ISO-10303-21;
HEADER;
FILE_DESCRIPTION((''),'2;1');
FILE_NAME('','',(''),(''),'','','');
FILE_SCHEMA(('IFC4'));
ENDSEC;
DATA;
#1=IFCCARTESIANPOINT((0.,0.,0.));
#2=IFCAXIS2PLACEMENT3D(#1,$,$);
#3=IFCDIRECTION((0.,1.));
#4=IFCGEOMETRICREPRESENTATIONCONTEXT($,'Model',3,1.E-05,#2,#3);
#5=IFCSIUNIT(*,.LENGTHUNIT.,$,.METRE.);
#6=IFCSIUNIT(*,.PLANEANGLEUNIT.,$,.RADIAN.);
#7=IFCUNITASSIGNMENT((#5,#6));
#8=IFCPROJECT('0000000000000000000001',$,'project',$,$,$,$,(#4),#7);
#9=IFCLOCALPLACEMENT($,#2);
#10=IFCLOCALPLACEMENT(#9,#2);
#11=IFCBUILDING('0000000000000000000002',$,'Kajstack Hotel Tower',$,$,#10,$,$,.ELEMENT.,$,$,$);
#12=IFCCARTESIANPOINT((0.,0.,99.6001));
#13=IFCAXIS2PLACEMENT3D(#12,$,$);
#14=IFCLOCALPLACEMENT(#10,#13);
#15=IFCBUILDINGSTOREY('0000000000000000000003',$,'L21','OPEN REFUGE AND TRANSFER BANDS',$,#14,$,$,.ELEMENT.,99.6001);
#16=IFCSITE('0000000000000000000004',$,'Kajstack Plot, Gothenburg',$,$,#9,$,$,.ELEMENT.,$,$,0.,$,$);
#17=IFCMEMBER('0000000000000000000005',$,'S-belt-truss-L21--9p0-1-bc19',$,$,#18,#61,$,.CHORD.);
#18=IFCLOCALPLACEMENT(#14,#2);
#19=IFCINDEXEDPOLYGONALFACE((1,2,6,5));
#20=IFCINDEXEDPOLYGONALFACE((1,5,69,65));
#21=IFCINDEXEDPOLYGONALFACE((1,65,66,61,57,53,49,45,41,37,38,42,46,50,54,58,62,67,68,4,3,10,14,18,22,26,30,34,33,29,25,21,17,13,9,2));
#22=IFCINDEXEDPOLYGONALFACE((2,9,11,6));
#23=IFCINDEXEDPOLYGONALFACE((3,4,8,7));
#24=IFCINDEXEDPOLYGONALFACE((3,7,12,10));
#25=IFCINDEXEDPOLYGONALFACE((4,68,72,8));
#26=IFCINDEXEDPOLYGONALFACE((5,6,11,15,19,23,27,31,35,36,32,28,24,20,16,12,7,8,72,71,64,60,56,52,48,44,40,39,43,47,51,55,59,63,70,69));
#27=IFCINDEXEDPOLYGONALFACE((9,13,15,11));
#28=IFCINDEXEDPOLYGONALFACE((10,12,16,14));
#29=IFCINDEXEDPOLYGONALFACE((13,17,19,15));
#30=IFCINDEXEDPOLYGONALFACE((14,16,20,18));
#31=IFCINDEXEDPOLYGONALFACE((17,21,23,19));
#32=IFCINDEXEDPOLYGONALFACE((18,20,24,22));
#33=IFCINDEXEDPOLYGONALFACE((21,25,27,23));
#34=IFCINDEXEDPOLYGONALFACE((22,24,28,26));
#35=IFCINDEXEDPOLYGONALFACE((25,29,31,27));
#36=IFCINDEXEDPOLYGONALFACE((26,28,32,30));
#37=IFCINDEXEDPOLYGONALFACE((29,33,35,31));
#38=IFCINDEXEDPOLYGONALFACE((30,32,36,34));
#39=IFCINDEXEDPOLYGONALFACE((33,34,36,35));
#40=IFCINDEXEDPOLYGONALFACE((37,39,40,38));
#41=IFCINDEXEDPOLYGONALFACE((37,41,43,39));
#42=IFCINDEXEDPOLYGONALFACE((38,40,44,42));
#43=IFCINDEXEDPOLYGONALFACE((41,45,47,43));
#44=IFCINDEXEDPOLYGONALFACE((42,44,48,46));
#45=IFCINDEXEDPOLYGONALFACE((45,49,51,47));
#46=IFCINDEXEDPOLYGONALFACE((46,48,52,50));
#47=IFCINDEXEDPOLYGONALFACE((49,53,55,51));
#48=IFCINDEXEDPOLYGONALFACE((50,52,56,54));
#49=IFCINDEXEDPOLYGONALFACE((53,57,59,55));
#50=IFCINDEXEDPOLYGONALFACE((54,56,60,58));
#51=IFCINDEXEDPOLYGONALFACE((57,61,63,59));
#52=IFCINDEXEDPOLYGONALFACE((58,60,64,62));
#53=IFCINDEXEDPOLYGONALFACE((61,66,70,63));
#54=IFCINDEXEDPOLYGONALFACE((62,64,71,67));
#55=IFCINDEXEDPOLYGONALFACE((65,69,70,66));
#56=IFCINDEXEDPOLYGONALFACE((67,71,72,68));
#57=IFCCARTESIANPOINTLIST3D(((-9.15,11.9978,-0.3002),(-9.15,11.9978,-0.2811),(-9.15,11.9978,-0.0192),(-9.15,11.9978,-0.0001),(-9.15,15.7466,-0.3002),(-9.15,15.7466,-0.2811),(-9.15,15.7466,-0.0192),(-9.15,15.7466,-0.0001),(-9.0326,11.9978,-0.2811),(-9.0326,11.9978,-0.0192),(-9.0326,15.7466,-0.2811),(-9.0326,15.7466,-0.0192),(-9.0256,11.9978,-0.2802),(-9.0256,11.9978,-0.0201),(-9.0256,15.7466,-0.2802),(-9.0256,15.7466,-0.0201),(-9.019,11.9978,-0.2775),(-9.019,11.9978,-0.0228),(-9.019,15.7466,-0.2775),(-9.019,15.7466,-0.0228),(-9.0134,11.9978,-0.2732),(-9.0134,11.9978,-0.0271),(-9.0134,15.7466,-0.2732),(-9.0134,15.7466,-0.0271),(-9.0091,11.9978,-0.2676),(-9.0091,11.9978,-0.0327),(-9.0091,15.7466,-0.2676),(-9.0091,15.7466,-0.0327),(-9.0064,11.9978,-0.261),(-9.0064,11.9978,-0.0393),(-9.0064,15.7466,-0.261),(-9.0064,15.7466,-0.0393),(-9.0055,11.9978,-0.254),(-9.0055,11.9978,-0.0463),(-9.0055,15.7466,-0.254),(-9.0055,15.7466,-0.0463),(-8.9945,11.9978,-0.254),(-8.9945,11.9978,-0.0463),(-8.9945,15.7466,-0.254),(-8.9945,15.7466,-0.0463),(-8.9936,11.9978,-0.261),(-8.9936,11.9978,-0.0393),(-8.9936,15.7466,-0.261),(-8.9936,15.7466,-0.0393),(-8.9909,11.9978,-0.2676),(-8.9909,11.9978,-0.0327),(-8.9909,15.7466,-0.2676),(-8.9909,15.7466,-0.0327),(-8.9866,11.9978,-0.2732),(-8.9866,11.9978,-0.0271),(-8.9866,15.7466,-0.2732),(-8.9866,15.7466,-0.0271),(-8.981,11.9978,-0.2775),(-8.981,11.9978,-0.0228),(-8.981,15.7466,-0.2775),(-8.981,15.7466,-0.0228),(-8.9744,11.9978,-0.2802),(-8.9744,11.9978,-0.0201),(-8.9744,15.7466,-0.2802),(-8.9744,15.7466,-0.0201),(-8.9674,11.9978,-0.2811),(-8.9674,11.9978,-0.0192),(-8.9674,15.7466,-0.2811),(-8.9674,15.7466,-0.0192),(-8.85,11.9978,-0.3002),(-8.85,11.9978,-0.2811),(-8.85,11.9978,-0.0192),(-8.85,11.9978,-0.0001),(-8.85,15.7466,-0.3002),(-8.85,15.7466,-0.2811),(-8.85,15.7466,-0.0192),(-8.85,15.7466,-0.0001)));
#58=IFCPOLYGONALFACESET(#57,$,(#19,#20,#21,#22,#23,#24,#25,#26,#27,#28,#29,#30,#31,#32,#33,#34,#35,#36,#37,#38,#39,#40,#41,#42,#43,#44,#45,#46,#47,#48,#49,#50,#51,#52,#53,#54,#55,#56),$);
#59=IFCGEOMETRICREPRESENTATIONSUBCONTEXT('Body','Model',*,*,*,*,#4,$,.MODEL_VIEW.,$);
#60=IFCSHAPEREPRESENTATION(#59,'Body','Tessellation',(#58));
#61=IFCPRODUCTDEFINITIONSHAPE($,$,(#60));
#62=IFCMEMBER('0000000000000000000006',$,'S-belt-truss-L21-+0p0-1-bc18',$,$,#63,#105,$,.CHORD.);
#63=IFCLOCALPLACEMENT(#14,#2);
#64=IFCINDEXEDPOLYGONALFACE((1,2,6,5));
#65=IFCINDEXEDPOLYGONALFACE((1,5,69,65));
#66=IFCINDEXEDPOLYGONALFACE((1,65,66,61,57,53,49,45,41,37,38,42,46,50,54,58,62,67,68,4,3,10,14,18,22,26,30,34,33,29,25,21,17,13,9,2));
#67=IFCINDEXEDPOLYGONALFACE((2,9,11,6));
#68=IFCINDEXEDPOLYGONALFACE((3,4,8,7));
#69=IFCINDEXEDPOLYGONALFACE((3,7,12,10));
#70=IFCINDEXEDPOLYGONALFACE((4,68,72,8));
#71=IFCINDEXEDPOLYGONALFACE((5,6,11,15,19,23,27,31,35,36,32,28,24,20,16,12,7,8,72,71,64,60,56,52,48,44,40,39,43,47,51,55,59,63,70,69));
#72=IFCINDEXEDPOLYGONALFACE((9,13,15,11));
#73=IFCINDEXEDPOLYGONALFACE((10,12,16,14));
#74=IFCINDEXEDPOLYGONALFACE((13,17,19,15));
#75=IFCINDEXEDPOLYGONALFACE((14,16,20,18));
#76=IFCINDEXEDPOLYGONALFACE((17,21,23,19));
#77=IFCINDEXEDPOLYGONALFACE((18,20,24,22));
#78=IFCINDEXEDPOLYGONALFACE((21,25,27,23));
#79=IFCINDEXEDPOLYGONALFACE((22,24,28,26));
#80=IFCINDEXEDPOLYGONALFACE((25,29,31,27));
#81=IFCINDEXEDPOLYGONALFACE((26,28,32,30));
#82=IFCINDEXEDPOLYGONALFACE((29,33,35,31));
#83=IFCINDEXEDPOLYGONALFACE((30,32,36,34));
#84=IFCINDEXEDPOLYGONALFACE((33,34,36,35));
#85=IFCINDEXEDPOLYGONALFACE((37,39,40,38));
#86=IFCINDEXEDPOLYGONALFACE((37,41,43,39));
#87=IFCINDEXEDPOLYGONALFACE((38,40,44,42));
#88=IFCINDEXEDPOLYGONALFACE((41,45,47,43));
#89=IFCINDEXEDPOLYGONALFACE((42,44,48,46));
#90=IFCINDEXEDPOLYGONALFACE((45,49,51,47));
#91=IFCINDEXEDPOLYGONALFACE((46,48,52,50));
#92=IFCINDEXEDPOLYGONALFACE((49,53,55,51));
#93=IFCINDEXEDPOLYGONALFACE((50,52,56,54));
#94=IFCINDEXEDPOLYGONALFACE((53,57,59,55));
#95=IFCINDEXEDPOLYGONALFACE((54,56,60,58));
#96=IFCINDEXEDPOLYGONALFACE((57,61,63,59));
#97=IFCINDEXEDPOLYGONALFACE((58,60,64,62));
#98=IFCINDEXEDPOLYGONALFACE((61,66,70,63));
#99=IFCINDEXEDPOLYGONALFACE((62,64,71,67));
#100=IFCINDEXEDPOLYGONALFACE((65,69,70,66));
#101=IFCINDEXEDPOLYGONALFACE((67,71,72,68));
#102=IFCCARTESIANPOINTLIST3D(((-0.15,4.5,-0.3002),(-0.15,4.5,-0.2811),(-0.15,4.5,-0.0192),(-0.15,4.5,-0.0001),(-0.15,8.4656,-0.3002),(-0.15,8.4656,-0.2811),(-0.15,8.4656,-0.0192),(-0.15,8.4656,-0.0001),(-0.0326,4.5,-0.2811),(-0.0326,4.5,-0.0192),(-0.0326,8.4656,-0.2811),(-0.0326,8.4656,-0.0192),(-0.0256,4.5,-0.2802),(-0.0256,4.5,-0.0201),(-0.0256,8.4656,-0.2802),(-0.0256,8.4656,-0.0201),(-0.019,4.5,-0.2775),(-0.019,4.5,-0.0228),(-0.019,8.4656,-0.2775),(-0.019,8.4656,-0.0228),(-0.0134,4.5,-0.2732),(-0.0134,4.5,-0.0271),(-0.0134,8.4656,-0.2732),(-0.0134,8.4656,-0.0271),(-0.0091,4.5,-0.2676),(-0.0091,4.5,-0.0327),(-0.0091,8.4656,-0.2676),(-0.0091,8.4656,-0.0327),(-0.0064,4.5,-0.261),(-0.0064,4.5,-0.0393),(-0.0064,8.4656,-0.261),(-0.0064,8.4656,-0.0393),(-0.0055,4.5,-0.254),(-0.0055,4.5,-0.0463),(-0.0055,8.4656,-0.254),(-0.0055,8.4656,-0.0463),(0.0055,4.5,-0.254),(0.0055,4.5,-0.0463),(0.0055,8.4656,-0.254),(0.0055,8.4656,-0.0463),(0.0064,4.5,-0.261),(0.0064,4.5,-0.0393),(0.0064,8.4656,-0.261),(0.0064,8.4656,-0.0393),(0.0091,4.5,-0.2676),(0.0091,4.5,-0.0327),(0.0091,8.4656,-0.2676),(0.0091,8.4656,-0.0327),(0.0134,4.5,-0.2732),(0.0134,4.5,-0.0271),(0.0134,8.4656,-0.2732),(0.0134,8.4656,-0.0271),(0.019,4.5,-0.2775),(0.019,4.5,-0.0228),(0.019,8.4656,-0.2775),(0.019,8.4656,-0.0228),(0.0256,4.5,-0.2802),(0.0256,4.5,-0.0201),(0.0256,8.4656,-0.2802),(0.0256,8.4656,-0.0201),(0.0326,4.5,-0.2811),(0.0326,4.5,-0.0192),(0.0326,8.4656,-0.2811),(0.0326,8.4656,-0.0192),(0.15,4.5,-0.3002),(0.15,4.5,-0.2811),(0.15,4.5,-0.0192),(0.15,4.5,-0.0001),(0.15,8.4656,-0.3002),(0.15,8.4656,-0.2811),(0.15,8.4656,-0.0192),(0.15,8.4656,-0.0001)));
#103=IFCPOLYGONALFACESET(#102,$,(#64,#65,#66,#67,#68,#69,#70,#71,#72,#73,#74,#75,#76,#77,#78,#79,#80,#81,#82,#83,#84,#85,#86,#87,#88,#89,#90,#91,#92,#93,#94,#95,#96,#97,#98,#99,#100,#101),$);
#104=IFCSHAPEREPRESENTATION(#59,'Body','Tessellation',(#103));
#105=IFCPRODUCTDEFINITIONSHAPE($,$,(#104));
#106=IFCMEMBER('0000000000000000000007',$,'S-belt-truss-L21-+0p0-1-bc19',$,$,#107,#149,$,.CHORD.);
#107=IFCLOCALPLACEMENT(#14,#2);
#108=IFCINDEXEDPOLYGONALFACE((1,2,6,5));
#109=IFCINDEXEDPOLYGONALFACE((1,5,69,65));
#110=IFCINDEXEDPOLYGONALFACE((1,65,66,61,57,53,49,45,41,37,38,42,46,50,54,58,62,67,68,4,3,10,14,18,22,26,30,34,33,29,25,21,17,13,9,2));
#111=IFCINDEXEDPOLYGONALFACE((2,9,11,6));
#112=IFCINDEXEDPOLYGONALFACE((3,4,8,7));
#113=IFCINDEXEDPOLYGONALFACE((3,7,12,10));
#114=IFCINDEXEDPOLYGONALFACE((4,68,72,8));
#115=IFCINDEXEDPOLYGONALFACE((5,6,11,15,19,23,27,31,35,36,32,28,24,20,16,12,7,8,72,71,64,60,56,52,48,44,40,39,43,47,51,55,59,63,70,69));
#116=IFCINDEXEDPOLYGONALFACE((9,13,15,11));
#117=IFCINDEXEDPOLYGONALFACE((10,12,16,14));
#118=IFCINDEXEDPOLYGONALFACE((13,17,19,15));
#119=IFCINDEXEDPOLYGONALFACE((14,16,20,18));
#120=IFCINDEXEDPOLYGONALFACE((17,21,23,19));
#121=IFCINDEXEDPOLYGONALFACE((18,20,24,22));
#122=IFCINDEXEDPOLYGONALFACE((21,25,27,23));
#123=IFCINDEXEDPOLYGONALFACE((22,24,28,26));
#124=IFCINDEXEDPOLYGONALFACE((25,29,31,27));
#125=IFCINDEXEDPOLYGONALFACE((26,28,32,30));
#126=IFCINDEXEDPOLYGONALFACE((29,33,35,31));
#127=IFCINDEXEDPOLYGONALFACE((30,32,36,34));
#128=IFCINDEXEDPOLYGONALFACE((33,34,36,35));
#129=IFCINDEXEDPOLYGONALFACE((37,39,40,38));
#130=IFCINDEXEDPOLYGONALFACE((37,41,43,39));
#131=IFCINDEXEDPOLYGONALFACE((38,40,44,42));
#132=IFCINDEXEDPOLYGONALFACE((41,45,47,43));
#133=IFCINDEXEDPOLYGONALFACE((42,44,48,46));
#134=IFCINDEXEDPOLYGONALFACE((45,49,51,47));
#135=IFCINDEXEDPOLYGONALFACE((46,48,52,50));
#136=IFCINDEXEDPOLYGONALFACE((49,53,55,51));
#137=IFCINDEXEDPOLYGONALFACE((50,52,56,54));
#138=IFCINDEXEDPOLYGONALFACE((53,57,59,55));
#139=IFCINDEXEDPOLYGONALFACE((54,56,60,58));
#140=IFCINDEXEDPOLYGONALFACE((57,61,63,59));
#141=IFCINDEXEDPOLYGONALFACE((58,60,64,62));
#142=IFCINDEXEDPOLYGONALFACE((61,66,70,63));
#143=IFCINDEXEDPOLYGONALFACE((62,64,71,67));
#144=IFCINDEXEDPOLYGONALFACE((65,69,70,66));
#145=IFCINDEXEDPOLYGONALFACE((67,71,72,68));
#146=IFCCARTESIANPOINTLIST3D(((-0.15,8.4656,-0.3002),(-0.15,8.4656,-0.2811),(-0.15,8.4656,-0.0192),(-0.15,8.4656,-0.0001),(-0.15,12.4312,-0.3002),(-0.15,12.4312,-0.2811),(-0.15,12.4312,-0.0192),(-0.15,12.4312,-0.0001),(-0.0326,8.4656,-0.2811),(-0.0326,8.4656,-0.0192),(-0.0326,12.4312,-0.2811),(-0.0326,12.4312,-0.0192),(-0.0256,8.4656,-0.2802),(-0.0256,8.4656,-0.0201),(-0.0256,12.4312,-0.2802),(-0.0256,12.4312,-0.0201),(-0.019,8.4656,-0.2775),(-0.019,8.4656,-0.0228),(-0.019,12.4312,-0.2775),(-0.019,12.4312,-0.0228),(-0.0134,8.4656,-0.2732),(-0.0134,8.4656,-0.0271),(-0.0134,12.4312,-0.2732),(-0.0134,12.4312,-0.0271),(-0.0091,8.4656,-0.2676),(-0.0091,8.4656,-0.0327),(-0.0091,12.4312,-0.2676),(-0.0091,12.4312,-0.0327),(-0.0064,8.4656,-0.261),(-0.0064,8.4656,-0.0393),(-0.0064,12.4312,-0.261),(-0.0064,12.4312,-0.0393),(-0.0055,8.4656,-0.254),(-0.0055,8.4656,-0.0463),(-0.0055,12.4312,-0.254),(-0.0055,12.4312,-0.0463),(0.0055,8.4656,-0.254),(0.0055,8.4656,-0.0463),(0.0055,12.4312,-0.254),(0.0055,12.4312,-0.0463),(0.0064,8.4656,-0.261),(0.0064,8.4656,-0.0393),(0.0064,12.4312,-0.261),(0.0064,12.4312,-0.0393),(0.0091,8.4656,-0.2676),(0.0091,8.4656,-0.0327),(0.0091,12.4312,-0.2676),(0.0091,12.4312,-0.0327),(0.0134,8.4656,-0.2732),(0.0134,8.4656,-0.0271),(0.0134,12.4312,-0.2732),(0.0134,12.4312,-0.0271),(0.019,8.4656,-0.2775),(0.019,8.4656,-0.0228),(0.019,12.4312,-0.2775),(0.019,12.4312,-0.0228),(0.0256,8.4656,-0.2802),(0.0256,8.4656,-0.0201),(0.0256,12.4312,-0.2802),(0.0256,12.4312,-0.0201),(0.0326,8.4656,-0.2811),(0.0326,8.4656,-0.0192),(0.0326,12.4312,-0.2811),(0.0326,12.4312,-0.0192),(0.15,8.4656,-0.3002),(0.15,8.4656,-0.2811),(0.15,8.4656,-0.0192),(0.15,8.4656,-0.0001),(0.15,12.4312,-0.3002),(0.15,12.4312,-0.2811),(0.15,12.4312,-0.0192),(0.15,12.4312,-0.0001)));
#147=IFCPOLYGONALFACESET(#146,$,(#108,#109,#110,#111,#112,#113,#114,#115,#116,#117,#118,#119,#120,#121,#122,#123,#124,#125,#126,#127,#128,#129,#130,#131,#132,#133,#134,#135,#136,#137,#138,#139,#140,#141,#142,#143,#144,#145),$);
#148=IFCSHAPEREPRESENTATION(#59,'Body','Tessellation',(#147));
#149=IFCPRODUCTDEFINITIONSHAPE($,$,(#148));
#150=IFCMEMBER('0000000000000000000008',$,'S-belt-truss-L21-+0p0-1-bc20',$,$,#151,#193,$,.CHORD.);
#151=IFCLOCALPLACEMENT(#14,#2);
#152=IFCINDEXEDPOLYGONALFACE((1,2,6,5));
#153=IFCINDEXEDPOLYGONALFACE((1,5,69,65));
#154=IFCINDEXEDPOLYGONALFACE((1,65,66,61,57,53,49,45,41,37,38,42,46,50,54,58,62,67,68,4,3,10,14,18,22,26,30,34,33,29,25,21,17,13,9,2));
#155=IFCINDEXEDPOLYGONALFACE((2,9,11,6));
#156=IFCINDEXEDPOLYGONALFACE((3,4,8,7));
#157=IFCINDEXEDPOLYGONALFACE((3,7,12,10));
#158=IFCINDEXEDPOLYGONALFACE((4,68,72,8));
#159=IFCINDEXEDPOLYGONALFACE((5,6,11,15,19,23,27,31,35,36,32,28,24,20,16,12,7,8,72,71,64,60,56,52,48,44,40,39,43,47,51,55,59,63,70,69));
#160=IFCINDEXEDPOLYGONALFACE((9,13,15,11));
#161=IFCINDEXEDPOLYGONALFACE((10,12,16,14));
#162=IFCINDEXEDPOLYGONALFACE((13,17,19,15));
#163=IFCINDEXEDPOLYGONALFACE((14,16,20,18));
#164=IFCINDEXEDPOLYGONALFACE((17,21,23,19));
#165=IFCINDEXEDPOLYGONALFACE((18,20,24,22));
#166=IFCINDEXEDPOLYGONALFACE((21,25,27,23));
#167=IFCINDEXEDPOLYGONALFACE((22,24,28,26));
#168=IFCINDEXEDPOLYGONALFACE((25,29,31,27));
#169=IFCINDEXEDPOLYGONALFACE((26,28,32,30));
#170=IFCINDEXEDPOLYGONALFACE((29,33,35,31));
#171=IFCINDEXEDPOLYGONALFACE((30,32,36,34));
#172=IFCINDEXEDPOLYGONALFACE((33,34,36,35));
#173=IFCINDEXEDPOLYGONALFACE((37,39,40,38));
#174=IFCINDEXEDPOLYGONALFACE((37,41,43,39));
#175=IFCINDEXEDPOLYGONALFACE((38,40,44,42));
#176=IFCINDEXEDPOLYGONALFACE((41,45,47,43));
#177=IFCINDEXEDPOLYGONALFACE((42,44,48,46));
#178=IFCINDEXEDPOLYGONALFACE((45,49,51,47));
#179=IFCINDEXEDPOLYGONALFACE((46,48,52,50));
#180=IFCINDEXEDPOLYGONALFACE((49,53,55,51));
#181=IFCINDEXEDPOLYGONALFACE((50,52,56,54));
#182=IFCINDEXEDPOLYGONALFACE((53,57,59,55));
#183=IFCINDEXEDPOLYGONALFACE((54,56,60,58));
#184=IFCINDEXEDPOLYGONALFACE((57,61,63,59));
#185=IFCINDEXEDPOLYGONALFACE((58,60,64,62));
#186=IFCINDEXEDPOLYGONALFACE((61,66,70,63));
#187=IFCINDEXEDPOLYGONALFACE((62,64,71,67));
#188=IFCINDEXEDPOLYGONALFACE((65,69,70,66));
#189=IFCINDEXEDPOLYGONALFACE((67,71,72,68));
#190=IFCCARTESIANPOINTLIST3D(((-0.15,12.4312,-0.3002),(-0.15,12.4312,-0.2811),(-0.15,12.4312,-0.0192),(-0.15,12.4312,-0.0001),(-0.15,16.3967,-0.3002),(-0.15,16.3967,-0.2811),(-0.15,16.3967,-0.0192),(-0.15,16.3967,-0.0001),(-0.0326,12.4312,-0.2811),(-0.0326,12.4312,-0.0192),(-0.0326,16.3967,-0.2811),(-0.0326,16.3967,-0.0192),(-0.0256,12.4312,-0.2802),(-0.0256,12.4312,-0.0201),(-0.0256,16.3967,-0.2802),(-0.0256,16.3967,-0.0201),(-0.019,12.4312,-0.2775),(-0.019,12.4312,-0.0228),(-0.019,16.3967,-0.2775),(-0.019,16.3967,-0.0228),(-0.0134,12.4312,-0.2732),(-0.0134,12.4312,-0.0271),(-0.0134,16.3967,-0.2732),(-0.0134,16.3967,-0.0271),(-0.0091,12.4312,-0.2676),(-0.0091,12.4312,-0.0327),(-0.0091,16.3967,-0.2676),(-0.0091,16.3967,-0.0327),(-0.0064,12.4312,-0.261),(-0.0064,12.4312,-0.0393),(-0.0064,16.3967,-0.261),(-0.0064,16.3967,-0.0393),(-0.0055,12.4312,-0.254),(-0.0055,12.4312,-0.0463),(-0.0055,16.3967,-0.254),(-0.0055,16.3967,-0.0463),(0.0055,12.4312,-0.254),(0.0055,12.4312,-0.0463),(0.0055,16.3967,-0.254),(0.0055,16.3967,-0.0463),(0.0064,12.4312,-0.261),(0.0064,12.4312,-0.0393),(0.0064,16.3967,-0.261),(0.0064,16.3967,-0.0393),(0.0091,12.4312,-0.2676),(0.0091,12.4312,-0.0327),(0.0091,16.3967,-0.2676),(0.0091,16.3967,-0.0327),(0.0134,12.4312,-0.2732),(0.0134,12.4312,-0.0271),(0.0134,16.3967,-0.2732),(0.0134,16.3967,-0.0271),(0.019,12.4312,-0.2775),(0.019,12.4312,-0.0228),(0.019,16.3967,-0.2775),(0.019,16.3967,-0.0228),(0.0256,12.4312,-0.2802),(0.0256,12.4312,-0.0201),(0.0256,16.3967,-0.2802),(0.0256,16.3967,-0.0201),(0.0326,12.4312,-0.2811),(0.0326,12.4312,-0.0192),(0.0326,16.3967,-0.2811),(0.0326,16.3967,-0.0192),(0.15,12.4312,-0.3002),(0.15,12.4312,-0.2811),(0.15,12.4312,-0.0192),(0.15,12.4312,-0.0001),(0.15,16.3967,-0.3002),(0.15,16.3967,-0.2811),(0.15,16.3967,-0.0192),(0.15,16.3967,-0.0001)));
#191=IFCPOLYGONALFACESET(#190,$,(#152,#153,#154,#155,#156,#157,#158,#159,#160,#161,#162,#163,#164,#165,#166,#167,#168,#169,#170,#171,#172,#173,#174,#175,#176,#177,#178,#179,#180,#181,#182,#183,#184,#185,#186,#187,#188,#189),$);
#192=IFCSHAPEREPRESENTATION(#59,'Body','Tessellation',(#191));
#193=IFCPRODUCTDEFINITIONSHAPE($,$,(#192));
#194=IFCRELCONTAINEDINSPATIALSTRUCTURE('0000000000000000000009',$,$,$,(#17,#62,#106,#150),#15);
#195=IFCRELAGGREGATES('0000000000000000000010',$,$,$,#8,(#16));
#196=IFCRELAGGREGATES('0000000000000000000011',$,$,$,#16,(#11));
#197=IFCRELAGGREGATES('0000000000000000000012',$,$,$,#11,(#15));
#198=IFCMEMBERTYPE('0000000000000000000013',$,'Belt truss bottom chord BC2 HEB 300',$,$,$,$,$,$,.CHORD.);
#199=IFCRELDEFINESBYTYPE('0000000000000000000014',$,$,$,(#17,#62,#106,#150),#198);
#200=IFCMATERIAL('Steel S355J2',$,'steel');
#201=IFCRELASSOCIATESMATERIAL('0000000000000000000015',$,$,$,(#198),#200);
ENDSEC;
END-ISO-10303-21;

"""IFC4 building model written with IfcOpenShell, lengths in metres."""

from ifc_helpers import new_model, si_unit, direction, frame, origin, origin_2d, place, context, subcontext, project, spatial, i_section, extrude, material, material_profile, profile_set, type_object, element, save


model = new_model("IFC4")

# Units and contexts
model_context = context("Model", 3, precision=1e-05, world=origin(), true_north=direction((0.0, 1.0)))
body_context = subcontext(model_context, "Body", "Model", "MODEL_VIEW")
ifc_project = project(units=[si_unit("LENGTHUNIT", "METRE"), si_unit("PLANEANGLEUNIT", "RADIAN")], contexts=[model_context])

# Site, building, storey
site_placement = place(None, origin())
site = spatial("IfcSite", under=ifc_project, at=site_placement, Name="Kajstack Plot, Gothenburg", CompositionType="ELEMENT", RefElevation=0.0)
building_placement = place(site_placement, origin())
building = spatial("IfcBuilding", under=site, at=building_placement, Name="Kajstack Hotel Tower", CompositionType="ELEMENT")
storey_placement = place(building_placement, frame((0.0, 0.0, 99.6001)))
storey = spatial("IfcBuildingStorey", under=building, at=storey_placement, Name="L21", Description="OPEN REFUGE AND TRANSFER BANDS", CompositionType="ELEMENT", Elevation=99.6001)

# Members
ifc_material_1 = material(Name="Steel S355J2", Category="steel")
ifc_material_profile_1 = material_profile(ifc_material_1, i_section(OverallWidth=0.3, OverallDepth=0.3, WebThickness=0.011, FlangeThickness=0.019, FilletRadius=0.0271, at=origin_2d()), Name="HEB 300")
ifc_profile_set_1 = profile_set([ifc_material_profile_1], Name="Steel S355J2")
member_type_1 = type_object("IfcMemberType", Name="Belt truss bottom chord BC2 HEB 300", PredefinedType="CHORD", material=ifc_profile_set_1)
member_1_placement = place(storey_placement, frame((-9.0, 11.9978, -0.1501), z_axis=(0.0, 1.0, 0.0), x_axis=(-1.0, 0.0, 0.0)))
element("IfcMember", 1, at=member_1_placement, inside=storey, type_object=member_type_1, Name="S-belt-truss-L21--9p0-1-bc19", PredefinedType="CHORD", context=body_context, shape_type="SweptSolid", body=[
    extrude(i_section(OverallWidth=0.3, OverallDepth=0.3, WebThickness=0.011, FlangeThickness=0.019, FilletRadius=0.0271, at=origin_2d()), origin(), (0.0, 0.0, 1.0), 3.7488),
])
for number, where, z_axis, x_axis, name in (
    (2, (0.0, 4.5, -0.1501), (0.0, 1.0, 0.0), (-1.0, 0.0, 0.0), "S-belt-truss-L21-+0p0-1-bc18"),
    (3, (0.0, 8.4656, -0.1501), (0.0, 1.0, 0.0), (-1.0, 0.0, 0.0), "S-belt-truss-L21-+0p0-1-bc19"),
    (4, (0.0, 12.4312, -0.1501), (0.0, 1.0, 0.0), (-1.0, 0.0, 0.0), "S-belt-truss-L21-+0p0-1-bc20"),
):
    element("IfcMember", number, at=place(storey_placement, frame(where, z_axis=z_axis, x_axis=x_axis)), inside=storey, type_object=member_type_1, Name=name, PredefinedType="CHORD", context=body_context, shape_type="SweptSolid", body=[
        extrude(i_section(OverallWidth=0.3, OverallDepth=0.3, WebThickness=0.011, FlangeThickness=0.019, FilletRadius=0.0271, at=origin_2d()), origin(), (0.0, 0.0, 1.0), 3.9656),
    ])

save(model, "model.ifc")
